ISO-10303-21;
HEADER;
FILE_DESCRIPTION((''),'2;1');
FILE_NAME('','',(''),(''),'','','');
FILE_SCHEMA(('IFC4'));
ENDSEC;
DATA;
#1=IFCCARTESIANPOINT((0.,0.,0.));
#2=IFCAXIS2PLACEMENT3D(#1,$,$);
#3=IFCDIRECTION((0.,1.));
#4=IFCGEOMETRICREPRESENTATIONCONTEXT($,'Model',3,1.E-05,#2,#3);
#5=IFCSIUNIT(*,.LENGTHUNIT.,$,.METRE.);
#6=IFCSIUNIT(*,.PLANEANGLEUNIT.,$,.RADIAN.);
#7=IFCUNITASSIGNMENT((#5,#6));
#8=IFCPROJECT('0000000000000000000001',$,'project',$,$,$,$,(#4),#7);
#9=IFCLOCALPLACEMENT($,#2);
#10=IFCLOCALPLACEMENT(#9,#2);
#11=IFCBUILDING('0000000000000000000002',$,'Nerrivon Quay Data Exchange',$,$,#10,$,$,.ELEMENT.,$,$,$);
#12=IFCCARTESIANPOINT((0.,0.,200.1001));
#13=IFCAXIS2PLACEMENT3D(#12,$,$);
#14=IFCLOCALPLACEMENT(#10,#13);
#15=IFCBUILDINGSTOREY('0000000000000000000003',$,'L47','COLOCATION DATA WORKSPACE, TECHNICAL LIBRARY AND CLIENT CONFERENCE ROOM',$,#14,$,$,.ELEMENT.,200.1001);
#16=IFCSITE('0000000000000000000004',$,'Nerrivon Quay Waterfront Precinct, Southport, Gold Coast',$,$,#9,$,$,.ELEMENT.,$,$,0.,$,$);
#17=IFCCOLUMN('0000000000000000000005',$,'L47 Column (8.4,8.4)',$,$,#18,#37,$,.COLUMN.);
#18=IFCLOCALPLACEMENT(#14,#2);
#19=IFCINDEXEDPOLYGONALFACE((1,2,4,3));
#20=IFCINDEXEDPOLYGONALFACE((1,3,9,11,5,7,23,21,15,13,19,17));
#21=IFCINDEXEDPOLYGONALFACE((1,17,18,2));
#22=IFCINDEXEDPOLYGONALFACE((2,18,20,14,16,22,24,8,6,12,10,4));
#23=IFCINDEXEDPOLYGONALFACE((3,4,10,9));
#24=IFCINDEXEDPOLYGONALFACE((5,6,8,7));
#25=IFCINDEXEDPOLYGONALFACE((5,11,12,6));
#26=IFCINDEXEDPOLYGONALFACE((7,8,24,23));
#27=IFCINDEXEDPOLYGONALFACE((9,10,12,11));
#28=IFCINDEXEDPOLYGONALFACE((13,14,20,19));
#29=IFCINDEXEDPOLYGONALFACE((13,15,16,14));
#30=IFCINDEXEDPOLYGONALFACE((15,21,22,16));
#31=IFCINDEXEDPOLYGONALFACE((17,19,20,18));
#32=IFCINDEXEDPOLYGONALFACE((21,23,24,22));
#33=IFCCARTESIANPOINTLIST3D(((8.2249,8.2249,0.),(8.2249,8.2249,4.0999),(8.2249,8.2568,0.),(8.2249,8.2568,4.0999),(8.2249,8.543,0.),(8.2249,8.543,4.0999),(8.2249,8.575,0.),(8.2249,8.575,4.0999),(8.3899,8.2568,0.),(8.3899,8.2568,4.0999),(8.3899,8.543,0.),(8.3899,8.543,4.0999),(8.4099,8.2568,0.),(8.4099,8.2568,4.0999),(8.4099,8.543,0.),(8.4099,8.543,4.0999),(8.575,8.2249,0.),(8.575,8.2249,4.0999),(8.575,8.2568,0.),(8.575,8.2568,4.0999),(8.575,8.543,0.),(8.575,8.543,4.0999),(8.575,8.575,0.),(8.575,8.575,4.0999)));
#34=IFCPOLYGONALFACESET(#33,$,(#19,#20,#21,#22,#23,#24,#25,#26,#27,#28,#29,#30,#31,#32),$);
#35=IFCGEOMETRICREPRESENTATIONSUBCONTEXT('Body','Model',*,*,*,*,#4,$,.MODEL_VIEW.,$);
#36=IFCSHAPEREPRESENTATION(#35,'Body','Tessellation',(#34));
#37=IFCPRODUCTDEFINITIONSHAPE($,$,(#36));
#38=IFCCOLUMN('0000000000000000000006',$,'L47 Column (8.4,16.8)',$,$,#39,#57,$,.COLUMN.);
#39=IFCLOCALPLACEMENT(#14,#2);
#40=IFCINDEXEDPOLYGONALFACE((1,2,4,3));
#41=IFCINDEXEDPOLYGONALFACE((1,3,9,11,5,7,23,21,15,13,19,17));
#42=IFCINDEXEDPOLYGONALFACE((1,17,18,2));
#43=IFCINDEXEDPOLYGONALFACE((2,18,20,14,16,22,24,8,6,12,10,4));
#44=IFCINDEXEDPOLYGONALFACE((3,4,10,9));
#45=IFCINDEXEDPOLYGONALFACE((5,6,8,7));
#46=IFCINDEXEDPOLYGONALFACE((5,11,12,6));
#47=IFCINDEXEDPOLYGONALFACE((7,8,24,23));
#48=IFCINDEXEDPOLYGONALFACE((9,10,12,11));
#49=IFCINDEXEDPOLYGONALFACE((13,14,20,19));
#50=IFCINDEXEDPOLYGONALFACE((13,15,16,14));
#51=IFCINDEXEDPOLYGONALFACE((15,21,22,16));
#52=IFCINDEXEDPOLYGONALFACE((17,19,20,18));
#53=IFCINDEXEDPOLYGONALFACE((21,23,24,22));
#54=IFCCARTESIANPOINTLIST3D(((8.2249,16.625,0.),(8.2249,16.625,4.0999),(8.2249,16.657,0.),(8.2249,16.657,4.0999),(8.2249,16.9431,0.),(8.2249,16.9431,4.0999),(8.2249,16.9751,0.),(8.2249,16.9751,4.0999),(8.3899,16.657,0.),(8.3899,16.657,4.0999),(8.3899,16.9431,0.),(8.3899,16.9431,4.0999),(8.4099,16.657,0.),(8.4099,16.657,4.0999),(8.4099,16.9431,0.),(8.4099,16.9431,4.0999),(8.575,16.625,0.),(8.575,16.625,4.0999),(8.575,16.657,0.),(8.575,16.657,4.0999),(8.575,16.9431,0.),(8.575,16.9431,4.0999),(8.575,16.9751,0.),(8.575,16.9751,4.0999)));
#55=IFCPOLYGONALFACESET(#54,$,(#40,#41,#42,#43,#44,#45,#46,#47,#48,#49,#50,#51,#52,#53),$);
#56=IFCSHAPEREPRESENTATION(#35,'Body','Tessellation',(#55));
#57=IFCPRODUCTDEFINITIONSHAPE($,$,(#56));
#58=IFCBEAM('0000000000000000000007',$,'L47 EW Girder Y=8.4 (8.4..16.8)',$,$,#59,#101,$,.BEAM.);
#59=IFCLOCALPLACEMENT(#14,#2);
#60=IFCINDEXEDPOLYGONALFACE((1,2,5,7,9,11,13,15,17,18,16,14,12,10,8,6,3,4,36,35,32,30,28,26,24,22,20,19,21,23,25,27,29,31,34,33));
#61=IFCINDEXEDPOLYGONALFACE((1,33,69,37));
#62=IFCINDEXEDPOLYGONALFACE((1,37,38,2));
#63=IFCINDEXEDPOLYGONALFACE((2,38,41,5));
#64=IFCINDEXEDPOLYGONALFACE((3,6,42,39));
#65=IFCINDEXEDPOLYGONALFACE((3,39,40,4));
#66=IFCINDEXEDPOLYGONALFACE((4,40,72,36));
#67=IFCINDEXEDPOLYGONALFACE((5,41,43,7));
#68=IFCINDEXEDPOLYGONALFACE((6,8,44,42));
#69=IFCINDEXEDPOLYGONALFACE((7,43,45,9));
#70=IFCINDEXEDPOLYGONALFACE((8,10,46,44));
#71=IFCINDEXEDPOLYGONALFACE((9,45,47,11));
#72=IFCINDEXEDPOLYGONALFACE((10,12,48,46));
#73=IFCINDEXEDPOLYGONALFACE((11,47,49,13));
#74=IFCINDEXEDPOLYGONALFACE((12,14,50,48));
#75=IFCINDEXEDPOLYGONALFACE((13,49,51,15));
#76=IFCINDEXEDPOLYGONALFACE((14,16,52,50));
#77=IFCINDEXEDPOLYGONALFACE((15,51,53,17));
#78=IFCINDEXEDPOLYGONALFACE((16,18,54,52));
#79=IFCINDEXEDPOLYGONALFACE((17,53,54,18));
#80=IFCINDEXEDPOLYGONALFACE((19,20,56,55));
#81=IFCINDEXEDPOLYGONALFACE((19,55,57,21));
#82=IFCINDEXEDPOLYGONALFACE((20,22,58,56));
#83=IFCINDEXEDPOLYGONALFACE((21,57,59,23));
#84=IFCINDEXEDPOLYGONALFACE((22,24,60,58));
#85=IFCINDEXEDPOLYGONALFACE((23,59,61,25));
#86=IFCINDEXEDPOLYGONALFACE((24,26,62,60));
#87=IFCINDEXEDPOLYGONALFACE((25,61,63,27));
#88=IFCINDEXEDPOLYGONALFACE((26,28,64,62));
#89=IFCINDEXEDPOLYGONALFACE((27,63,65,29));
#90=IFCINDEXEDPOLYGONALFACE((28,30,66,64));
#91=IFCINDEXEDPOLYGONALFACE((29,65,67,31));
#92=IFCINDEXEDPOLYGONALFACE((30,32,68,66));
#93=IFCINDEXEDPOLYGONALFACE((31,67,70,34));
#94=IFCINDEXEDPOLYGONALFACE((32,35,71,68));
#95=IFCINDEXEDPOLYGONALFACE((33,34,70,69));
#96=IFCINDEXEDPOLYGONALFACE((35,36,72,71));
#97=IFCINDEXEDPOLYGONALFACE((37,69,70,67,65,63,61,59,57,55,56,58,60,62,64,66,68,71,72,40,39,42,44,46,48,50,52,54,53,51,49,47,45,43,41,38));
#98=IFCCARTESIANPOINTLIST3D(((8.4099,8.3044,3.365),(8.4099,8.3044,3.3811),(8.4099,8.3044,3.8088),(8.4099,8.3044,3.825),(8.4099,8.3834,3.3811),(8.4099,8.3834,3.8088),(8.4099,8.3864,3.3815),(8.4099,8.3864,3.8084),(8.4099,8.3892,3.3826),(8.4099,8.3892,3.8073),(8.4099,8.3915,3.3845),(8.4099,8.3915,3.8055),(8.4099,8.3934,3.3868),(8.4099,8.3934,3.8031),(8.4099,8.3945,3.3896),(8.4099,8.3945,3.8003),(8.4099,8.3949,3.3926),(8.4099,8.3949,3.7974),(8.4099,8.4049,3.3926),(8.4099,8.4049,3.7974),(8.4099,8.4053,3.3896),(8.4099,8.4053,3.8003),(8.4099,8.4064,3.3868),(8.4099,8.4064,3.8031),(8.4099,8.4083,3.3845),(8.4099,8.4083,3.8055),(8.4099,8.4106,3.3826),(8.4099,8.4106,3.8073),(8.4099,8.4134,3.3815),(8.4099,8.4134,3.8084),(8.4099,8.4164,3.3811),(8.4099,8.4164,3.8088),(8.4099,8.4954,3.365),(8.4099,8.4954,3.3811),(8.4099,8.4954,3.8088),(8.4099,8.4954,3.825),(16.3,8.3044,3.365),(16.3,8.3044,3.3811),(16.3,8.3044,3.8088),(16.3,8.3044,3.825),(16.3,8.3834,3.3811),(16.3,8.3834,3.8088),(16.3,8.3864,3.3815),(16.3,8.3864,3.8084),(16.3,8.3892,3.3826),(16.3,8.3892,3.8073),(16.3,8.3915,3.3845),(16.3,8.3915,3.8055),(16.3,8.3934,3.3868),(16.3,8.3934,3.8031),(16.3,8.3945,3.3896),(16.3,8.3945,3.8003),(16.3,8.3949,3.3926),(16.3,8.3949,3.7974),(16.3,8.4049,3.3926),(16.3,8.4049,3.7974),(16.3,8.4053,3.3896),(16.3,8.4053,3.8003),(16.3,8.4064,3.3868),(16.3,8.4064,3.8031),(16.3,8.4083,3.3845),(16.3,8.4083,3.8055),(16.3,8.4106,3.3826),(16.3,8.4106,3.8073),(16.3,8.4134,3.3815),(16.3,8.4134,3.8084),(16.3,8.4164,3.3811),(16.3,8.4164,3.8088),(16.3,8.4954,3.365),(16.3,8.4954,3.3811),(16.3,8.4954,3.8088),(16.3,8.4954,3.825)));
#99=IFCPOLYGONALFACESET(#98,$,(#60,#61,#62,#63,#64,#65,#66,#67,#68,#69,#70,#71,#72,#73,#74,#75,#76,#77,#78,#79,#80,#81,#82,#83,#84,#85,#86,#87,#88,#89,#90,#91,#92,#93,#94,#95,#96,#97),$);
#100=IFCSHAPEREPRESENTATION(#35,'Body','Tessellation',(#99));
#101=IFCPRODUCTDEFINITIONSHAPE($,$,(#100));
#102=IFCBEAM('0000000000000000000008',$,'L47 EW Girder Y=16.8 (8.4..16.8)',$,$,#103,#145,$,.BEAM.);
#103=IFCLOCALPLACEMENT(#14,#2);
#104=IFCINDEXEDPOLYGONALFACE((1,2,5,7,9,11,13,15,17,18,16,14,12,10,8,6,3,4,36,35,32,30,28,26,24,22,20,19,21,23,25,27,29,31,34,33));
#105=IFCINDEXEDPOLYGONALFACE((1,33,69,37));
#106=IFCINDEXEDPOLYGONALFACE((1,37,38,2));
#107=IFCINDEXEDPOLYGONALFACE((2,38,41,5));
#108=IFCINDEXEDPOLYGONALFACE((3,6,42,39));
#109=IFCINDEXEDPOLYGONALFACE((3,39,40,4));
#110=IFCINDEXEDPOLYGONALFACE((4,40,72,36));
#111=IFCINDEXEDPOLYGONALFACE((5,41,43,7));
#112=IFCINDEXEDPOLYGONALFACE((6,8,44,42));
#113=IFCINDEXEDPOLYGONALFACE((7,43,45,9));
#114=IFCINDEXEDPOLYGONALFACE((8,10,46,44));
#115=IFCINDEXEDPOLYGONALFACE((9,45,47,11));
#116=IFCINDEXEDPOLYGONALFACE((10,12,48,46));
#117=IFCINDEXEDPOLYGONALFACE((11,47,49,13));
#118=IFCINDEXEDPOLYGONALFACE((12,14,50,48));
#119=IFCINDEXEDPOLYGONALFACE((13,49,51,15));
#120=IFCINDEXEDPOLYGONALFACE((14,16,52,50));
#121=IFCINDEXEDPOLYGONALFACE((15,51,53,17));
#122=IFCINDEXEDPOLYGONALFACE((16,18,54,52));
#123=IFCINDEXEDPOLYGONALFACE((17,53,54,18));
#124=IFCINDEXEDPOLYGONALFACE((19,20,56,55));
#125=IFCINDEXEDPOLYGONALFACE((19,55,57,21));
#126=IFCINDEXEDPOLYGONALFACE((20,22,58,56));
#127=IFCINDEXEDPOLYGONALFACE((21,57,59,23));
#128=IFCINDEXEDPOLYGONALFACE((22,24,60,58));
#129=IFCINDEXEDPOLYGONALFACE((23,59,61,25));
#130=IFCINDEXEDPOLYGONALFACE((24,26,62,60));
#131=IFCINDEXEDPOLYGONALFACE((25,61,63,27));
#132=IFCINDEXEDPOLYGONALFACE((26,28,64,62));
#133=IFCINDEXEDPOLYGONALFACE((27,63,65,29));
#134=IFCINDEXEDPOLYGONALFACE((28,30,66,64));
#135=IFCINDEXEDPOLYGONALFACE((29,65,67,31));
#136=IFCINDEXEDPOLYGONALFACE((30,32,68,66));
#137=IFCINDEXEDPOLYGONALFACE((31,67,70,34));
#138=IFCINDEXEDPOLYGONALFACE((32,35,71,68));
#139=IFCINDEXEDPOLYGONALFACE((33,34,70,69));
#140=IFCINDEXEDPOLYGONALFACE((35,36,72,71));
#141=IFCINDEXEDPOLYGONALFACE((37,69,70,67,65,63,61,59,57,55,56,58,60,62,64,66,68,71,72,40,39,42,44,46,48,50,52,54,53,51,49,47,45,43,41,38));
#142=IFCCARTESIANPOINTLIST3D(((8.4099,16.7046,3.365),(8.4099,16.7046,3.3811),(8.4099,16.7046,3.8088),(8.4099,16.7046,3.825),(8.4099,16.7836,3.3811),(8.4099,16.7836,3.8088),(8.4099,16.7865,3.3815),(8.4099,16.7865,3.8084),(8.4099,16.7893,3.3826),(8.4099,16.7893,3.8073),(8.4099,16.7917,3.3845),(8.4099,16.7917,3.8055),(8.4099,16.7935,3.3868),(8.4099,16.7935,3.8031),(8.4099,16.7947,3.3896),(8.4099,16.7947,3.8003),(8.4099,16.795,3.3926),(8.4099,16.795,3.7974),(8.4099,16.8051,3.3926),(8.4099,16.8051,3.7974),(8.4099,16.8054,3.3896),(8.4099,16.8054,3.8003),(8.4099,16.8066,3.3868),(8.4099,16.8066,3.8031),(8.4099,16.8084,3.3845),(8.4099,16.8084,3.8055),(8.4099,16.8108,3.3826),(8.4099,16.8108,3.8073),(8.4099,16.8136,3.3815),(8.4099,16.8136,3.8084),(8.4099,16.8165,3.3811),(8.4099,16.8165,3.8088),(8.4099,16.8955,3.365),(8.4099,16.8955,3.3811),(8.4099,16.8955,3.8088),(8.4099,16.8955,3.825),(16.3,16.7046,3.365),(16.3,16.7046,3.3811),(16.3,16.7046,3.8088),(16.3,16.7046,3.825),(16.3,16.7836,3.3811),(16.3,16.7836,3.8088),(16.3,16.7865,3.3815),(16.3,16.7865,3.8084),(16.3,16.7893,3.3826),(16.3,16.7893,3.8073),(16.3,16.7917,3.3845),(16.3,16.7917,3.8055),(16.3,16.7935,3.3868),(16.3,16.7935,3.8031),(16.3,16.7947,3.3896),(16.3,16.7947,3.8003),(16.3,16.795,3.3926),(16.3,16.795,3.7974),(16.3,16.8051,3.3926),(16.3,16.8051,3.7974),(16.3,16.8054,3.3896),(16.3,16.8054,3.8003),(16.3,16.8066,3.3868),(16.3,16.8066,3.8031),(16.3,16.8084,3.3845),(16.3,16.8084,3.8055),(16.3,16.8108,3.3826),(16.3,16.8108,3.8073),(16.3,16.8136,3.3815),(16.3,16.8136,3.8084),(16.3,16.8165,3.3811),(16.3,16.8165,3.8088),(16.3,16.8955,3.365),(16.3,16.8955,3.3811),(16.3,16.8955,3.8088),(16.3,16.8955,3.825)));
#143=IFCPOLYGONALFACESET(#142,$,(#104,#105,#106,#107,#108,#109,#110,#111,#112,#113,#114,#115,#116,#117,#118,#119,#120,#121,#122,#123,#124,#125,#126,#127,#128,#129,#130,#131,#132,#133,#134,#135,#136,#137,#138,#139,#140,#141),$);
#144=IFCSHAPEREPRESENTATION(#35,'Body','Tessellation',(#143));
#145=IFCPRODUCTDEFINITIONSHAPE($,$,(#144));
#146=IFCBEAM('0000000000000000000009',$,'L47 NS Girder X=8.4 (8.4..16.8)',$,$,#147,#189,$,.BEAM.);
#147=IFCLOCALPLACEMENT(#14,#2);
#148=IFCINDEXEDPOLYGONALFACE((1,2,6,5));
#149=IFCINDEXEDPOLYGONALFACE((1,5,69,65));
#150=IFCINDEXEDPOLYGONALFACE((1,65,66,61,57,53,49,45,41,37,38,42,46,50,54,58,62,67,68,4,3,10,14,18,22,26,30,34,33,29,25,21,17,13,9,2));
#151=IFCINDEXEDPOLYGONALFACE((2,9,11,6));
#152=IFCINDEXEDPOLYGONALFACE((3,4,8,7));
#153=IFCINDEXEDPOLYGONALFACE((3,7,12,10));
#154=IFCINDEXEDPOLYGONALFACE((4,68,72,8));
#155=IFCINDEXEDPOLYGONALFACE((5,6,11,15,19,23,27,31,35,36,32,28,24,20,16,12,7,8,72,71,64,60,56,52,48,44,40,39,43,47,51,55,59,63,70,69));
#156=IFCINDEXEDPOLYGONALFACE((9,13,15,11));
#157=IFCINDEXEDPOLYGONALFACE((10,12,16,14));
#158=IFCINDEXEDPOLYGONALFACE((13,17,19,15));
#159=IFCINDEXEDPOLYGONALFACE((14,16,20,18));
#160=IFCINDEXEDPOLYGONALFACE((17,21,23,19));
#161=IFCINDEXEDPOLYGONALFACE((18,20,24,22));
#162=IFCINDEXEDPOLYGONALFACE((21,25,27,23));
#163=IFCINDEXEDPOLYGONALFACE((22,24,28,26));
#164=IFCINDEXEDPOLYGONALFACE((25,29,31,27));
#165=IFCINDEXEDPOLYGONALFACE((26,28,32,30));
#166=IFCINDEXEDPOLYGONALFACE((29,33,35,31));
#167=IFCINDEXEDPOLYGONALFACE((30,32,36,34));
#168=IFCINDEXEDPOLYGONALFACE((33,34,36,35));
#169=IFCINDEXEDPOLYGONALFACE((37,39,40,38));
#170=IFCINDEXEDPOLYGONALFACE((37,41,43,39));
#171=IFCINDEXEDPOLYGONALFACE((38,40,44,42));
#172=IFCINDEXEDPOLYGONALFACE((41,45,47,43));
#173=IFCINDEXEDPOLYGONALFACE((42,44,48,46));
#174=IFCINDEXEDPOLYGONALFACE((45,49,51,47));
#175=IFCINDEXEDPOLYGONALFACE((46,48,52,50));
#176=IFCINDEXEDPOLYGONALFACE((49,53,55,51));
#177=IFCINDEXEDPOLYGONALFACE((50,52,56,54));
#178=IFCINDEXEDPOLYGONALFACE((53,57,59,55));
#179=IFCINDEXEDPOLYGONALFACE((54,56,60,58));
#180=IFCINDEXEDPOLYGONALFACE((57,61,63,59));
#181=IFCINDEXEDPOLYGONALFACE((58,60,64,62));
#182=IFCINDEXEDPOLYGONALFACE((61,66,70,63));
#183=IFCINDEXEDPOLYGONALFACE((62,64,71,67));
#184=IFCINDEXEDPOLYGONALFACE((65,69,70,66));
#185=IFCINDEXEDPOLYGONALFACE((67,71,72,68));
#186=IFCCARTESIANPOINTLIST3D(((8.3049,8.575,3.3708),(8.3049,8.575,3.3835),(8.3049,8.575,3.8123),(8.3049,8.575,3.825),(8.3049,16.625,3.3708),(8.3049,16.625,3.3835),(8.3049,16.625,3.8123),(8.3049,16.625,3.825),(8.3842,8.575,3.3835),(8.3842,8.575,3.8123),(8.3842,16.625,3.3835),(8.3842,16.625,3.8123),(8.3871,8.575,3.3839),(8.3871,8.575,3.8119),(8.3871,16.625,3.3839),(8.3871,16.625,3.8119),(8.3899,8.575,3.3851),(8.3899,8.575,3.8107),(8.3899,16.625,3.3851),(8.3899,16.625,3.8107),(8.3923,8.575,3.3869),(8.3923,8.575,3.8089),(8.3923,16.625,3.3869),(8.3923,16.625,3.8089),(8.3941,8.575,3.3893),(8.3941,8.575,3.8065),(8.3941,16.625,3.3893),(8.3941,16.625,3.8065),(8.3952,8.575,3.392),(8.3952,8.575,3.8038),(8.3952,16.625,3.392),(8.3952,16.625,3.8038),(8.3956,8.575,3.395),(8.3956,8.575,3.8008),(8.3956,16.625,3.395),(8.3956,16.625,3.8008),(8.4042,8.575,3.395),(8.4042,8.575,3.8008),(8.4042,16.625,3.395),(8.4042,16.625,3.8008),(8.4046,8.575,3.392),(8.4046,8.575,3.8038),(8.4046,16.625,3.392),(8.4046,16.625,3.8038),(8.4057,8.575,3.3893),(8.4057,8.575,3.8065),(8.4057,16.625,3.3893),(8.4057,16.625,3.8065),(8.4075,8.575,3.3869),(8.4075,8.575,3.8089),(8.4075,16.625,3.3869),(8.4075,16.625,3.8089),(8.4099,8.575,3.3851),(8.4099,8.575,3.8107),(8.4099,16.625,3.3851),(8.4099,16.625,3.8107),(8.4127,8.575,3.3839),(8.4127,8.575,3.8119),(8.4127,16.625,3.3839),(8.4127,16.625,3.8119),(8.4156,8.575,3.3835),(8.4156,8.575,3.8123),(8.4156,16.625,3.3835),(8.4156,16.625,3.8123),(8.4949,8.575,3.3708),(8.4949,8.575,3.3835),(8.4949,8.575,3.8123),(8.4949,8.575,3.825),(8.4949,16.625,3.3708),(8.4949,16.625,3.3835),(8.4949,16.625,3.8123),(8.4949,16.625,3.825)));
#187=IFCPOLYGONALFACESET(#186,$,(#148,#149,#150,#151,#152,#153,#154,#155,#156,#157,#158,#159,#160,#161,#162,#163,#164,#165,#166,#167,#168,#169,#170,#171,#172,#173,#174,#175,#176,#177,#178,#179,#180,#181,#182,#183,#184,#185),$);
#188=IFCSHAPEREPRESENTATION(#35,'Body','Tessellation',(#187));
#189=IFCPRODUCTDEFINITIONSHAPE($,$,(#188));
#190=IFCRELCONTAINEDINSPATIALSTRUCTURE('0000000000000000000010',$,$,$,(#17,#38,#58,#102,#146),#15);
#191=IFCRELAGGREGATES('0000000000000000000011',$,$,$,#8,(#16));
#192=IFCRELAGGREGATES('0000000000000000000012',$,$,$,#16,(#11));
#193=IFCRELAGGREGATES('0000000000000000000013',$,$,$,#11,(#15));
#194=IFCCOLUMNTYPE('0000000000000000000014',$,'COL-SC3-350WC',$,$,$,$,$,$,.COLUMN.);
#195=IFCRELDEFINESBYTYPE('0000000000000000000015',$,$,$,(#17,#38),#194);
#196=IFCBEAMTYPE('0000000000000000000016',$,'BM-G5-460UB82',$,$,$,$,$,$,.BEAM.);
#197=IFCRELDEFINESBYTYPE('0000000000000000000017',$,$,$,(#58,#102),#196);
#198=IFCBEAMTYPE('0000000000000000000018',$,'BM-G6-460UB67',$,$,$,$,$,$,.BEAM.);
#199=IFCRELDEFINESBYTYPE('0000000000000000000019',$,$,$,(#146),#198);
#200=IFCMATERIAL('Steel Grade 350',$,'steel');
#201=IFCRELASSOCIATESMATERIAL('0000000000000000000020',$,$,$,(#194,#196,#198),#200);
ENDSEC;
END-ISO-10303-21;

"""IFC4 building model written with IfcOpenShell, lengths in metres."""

from ifc_helpers import new_model, si_unit, direction, frame, origin, origin_2d, place, context, subcontext, project, spatial, i_section, extrude, material, material_profile, profile_set, type_object, element, save


model = new_model("IFC4")

# Units and contexts
model_context = context("Model", 3, precision=1e-05, world=origin(), true_north=direction((0.0, 1.0)))
body_context = subcontext(model_context, "Body", "Model", "MODEL_VIEW")
ifc_project = project(units=[si_unit("LENGTHUNIT", "METRE"), si_unit("PLANEANGLEUNIT", "RADIAN")], contexts=[model_context])

# Site, building, storey
site_placement = place(None, origin())
site = spatial("IfcSite", under=ifc_project, at=site_placement, Name="Nerrivon Quay Waterfront Precinct, Southport, Gold Coast", CompositionType="ELEMENT", RefElevation=0.0)
building_placement = place(site_placement, origin())
building = spatial("IfcBuilding", under=site, at=building_placement, Name="Nerrivon Quay Data Exchange", CompositionType="ELEMENT")
storey_placement = place(building_placement, frame((0.0, 0.0, 200.1001)))
storey = spatial("IfcBuildingStorey", under=building, at=storey_placement, Name="L47", Description="COLOCATION DATA WORKSPACE, TECHNICAL LIBRARY AND CLIENT CONFERENCE ROOM", CompositionType="ELEMENT", Elevation=200.1001)

# Columns
ifc_material_1 = material(Name="Steel Grade 350", Category="steel")
ifc_material_profile_1 = material_profile(ifc_material_1, i_section(OverallWidth=0.3501, OverallDepth=0.3501, WebThickness=0.02, FlangeThickness=0.032, at=origin_2d()), Name="350WC230")
ifc_profile_set_1 = profile_set([ifc_material_profile_1], Name="Steel Grade 350")
column_type = type_object("IfcColumnType", Name="COL-SC3-350WC", PredefinedType="COLUMN", material=ifc_profile_set_1)
for number, where, z_axis, x_axis, name in (
    (1, (8.3999, 8.3999, 0.0), (0.0, 0.0, 1.0), (1.0, 0.0, 0.0), "L47 Column (8.4,8.4)"),
    (2, (8.3999, 16.8, 0.0), (0.0, 0.0, 1.0), (1.0, 0.0, 0.0), "L47 Column (8.4,16.8)"),
):
    element("IfcColumn", number, at=place(storey_placement, frame(where, z_axis=z_axis, x_axis=x_axis)), inside=storey, type_object=column_type, Name=name, PredefinedType="COLUMN", context=body_context, shape_type="SweptSolid", body=[
        extrude(i_section(OverallWidth=0.3501, OverallDepth=0.3501, WebThickness=0.02, FlangeThickness=0.032, at=origin_2d()), origin(), (0.0, 0.0, 1.0), 4.0999),
    ])

# Beams
ifc_material_profile_2 = material_profile(ifc_material_1, i_section(OverallWidth=0.1909, OverallDepth=0.46, WebThickness=0.01, FlangeThickness=0.0161, FilletRadius=0.0115, at=origin_2d()), Name="460UB82.1")
ifc_profile_set_2 = profile_set([ifc_material_profile_2], Name="Steel Grade 350")
beam_type_1 = type_object("IfcBeamType", Name="BM-G5-460UB82", PredefinedType="BEAM", material=ifc_profile_set_2)
for number, where, z_axis, x_axis, name in (
    (3, (8.4099, 8.3999, 3.595), (1.0, 0.0, 0.0), (0.0, 1.0, 0.0), "L47 EW Girder Y=8.4 (8.4..16.8)"),
    (4, (8.4099, 16.8, 3.595), (1.0, 0.0, 0.0), (0.0, 1.0, 0.0), "L47 EW Girder Y=16.8 (8.4..16.8)"),
):
    element("IfcBeam", number, at=place(storey_placement, frame(where, z_axis=z_axis, x_axis=x_axis)), inside=storey, type_object=beam_type_1, Name=name, PredefinedType="BEAM", context=body_context, shape_type="SweptSolid", body=[
        extrude(i_section(OverallWidth=0.1909, OverallDepth=0.46, WebThickness=0.01, FlangeThickness=0.0161, FilletRadius=0.0115, at=origin_2d()), origin(), (0.0, 0.0, 1.0), 7.8901),
    ])
ifc_material_profile_3 = material_profile(ifc_material_1, i_section(OverallWidth=0.1899, OverallDepth=0.4541, WebThickness=0.0085, FlangeThickness=0.0127, FilletRadius=0.0115, at=origin_2d()), Name="460UB67.1")
ifc_profile_set_3 = profile_set([ifc_material_profile_3], Name="Steel Grade 350")
beam_type_2 = type_object("IfcBeamType", Name="BM-G6-460UB67", PredefinedType="BEAM", material=ifc_profile_set_3)
beam_1_placement = place(storey_placement, frame((8.3999, 8.575, 3.5979), z_axis=(0.0, 1.0, 0.0), x_axis=(-1.0, 0.0, 0.0)))
element("IfcBeam", 5, at=beam_1_placement, inside=storey, type_object=beam_type_2, Name="L47 NS Girder X=8.4 (8.4..16.8)", PredefinedType="BEAM", context=body_context, shape_type="SweptSolid", body=[
    extrude(i_section(OverallWidth=0.1899, OverallDepth=0.4541, WebThickness=0.0085, FlangeThickness=0.0127, FilletRadius=0.0115, at=origin_2d()), origin(), (0.0, 0.0, 1.0), 8.05),
])

save(model, "model.ifc")
